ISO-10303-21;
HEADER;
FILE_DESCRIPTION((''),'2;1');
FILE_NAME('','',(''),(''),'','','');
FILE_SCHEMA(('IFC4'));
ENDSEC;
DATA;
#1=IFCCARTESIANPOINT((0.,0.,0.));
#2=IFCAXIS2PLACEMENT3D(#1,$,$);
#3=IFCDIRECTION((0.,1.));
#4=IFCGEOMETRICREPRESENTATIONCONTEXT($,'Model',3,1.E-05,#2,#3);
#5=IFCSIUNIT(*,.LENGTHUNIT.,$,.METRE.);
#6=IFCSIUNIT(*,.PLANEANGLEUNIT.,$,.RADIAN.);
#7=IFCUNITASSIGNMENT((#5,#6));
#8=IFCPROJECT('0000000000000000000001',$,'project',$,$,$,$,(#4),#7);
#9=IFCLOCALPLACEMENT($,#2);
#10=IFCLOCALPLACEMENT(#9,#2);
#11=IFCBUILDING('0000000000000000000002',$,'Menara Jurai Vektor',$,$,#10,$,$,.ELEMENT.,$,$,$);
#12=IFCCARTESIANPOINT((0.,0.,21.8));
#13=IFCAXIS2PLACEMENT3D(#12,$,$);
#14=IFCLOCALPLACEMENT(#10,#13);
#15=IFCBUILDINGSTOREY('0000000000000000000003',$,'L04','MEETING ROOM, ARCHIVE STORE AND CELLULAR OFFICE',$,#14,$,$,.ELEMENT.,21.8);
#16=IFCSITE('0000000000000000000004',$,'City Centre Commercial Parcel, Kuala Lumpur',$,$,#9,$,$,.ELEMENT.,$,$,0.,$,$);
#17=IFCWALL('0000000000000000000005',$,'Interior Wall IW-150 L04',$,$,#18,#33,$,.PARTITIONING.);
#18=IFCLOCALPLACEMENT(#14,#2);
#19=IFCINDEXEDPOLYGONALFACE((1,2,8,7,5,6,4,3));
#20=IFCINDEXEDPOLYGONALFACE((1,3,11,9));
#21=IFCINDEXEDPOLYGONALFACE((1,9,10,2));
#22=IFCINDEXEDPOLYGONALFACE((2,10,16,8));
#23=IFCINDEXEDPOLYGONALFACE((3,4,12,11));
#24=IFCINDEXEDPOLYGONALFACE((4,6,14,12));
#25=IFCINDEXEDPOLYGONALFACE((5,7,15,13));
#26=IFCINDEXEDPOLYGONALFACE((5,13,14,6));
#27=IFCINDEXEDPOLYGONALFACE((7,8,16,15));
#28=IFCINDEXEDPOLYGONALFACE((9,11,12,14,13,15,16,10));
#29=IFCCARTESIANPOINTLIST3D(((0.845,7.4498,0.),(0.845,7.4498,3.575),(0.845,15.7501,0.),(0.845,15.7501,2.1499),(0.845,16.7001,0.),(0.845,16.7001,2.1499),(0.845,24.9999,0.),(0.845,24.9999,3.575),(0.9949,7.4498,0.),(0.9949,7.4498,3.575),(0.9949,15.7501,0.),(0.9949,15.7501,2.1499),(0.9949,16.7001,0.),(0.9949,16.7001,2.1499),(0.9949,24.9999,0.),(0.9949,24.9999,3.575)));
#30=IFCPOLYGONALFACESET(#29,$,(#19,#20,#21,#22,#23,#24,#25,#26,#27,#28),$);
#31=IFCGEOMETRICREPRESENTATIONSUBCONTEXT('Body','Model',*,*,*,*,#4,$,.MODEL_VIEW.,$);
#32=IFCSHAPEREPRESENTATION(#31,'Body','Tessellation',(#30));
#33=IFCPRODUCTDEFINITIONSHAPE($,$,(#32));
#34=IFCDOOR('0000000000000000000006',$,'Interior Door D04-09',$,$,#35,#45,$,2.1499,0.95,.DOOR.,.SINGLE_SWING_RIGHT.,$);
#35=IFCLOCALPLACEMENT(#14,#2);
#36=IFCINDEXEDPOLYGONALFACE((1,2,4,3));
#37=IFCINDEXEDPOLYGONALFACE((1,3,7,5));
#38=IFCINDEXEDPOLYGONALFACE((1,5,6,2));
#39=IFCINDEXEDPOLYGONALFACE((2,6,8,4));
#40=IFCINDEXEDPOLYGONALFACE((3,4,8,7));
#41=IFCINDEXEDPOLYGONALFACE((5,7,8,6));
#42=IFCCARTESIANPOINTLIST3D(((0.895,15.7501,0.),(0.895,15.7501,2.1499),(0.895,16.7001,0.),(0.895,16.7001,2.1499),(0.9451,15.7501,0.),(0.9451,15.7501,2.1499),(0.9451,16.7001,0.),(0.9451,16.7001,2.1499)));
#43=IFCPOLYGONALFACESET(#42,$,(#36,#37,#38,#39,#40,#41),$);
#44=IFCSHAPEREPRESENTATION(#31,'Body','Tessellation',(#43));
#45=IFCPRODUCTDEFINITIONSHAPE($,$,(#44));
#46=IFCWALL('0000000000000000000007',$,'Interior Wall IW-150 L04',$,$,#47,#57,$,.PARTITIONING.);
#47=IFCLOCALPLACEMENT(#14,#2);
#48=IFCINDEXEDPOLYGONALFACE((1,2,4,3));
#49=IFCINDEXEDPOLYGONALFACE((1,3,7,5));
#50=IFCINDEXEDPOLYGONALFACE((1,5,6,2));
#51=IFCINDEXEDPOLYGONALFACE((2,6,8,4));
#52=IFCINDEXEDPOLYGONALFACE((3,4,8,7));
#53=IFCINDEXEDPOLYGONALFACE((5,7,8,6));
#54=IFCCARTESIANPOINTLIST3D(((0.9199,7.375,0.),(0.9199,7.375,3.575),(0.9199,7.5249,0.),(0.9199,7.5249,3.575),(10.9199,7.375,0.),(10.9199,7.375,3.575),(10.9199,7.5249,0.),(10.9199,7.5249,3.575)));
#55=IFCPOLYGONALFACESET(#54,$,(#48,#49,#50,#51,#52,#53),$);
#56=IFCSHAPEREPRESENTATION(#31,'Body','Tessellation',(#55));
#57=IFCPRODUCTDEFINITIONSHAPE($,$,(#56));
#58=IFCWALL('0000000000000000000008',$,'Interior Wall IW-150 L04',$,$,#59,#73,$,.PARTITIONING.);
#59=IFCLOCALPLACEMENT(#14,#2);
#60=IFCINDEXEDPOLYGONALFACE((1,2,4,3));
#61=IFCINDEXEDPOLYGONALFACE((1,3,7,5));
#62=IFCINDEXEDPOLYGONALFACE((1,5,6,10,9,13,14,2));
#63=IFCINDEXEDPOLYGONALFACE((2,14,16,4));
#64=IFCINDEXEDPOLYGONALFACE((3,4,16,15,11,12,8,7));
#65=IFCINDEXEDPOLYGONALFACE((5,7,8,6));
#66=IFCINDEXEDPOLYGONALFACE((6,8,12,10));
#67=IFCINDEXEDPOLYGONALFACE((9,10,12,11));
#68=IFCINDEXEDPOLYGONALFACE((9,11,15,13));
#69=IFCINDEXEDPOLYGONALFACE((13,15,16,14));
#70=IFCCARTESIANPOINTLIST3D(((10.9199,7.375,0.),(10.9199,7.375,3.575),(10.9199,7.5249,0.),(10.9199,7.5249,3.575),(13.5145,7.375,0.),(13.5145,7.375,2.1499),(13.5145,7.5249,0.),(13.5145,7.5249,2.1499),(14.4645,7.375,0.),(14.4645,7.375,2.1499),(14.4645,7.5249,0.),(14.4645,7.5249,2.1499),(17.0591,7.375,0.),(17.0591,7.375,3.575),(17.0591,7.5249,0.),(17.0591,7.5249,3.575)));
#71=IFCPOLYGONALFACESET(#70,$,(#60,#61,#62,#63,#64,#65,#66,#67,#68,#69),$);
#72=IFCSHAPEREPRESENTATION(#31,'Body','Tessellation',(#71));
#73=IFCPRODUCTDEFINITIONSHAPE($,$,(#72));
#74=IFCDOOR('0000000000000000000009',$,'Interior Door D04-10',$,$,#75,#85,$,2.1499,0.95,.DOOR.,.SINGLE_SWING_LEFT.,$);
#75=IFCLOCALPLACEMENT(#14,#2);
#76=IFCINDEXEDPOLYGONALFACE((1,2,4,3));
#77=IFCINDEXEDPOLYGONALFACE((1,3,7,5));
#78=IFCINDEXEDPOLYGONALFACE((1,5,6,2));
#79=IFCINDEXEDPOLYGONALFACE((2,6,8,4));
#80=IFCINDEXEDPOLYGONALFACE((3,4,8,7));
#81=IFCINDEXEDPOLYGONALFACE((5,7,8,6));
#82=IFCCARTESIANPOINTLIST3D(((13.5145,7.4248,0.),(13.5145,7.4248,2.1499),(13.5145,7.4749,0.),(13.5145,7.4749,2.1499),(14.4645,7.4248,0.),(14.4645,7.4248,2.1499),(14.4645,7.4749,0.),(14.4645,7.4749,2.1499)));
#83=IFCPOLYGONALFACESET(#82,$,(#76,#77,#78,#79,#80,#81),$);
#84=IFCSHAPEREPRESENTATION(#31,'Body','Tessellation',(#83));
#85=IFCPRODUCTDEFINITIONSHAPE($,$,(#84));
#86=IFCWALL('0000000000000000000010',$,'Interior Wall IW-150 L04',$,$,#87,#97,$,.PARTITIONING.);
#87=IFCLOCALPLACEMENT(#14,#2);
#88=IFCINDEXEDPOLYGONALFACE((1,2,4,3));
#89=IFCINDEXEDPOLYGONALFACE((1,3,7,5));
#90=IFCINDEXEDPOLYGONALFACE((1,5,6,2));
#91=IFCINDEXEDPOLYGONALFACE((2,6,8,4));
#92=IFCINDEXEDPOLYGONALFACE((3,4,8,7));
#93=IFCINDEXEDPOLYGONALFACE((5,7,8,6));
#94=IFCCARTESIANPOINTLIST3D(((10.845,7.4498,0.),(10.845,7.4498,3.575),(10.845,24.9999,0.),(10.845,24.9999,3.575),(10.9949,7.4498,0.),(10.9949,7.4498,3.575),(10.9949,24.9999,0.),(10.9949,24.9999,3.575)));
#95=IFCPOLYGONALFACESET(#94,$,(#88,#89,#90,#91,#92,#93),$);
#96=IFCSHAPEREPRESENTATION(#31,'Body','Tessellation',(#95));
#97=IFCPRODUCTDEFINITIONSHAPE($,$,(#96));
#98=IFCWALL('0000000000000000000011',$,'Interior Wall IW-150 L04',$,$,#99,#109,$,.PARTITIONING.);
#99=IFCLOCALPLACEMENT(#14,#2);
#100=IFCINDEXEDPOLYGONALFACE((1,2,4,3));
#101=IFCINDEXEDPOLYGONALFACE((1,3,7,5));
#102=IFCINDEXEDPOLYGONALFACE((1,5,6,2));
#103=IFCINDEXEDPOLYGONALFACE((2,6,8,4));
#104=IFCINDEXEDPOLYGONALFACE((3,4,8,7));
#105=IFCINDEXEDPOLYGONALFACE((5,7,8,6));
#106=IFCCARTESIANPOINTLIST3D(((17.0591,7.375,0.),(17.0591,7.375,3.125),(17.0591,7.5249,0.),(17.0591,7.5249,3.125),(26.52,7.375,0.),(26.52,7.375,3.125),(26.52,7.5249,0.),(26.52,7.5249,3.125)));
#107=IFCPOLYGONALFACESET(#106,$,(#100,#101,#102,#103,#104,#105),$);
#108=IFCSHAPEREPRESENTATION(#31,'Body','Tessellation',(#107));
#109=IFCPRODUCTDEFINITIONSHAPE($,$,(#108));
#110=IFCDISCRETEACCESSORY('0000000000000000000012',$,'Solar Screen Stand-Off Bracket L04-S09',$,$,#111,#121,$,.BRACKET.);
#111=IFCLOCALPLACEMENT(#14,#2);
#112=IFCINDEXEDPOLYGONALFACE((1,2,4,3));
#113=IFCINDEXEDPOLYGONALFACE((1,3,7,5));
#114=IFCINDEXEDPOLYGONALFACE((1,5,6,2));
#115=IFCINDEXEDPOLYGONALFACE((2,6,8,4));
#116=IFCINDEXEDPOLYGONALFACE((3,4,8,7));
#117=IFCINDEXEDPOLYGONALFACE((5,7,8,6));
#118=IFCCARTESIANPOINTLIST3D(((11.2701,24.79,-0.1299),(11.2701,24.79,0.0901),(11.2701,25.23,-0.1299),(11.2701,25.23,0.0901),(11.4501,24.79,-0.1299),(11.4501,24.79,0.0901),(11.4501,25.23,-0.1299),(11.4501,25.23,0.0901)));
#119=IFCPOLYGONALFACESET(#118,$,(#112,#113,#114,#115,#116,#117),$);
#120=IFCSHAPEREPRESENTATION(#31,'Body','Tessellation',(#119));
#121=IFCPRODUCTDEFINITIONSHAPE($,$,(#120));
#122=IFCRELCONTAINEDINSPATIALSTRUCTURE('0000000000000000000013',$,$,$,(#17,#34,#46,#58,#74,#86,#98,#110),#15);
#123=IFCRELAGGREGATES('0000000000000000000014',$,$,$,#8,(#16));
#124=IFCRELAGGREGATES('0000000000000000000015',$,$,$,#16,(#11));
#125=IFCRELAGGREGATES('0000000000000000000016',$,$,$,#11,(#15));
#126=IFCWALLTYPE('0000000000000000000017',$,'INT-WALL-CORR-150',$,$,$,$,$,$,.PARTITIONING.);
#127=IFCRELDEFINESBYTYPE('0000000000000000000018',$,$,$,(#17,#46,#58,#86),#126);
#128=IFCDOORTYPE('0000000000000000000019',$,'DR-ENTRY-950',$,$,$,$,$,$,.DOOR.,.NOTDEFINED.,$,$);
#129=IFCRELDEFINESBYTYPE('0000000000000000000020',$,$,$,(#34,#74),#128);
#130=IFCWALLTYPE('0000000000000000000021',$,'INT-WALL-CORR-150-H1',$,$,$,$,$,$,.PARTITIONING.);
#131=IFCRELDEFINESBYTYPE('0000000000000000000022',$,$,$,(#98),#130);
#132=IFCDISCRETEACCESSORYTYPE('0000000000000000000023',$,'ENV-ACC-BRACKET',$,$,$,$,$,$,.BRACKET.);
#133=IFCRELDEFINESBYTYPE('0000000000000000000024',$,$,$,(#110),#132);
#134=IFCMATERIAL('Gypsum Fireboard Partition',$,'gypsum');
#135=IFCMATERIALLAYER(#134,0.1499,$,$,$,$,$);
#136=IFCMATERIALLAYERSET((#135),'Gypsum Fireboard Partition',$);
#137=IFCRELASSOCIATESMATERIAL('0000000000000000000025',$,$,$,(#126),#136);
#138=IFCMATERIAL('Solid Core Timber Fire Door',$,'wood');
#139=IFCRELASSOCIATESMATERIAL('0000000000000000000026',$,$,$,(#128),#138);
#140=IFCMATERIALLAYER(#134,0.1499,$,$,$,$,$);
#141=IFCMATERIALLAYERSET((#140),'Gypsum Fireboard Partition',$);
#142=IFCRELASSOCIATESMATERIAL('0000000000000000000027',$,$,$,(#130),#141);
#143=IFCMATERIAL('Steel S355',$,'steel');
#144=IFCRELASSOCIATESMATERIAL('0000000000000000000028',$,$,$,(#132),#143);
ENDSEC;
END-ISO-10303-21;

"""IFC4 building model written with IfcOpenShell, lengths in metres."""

from ifc_helpers import new_model, si_unit, direction, frame, frame_2d, origin, origin_2d, place, context, subcontext, project, spatial, rectangle, extrude, material, layer, layer_set, type_object, element, fill, save


model = new_model("IFC4")

# Units and contexts
model_context = context("Model", 3, precision=1e-05, world=origin(), true_north=direction((0.0, 1.0)))
body_context = subcontext(model_context, "Body", "Model", "MODEL_VIEW")
ifc_project = project(units=[si_unit("LENGTHUNIT", "METRE"), si_unit("PLANEANGLEUNIT", "RADIAN")], contexts=[model_context])

# Site, building, storey
site_placement = place(None, origin())
site = spatial("IfcSite", under=ifc_project, at=site_placement, Name="City Centre Commercial Parcel, Kuala Lumpur", CompositionType="ELEMENT", RefElevation=0.0)
building_placement = place(site_placement, origin())
building = spatial("IfcBuilding", under=site, at=building_placement, Name="Menara Jurai Vektor", CompositionType="ELEMENT")
storey_placement = place(building_placement, frame((0.0, 0.0, 21.8)))
storey = spatial("IfcBuildingStorey", under=building, at=storey_placement, Name="L04", Description="MEETING ROOM, ARCHIVE STORE AND CELLULAR OFFICE", CompositionType="ELEMENT", Elevation=21.8)

# Shared definitions
ifc_material_1 = material(Name="Steel S355", Category="steel")

# Wall, opening, door
ifc_material_2 = material(Name="Gypsum Fireboard Partition", Category="gypsum")
ifc_layer_1 = layer(ifc_material_2, 0.1499)
ifc_layer_set_1 = layer_set([ifc_layer_1], Name="Gypsum Fireboard Partition")
wall_type_1 = type_object("IfcWallType", Name="INT-WALL-CORR-150", PredefinedType="PARTITIONING", material=ifc_layer_set_1)
wall_1_placement = place(storey_placement, frame((0.9199, 7.45, 0.0), z_axis=(0.0, 0.0, 1.0), x_axis=(0.0, 1.0, 0.0)))
wall_1 = element("IfcWall", 1, at=wall_1_placement, inside=storey, type_object=wall_type_1, Name="Interior Wall IW-150 L04", PredefinedType="PARTITIONING", context=body_context, shape_type="SweptSolid", body=[
    extrude(rectangle(XDim=17.55, YDim=0.1499, at=frame_2d((8.7749, 0.0))), origin(), (0.0, 0.0, 1.0), 3.575),
])
opening_1_placement = place(wall_1_placement, frame((8.3, 0.0, 0.0)))
opening_1 = element("IfcOpeningElement", 2, at=opening_1_placement, cuts=wall_1, PredefinedType="OPENING", context=body_context, shape_type="SweptSolid", body=[
    extrude(rectangle(XDim=0.95, YDim=2.1499, at=frame_2d((0.4751, 1.075))), frame((0.0, 0.085, 0.0), z_axis=(0.0, -1.0, 0.0), x_axis=(1.0, 0.0, 0.0)), (0.0, 0.0, 1.0), 0.1699),
])
ifc_material_3 = material(Name="Solid Core Timber Fire Door", Category="wood")
door_type = type_object("IfcDoorType", Name="DR-ENTRY-950", OperationType="NOTDEFINED", PredefinedType="DOOR", material=ifc_material_3)
door_1_placement = place(opening_1_placement, origin())
door_1 = element("IfcDoor", 3, at=door_1_placement, inside=storey, type_object=door_type, Name="Interior Door D04-09", OperationType="SINGLE_SWING_RIGHT", OverallHeight=2.1499, OverallWidth=0.95, PredefinedType="DOOR", context=body_context, shape_type="SweptSolid", body=[
    extrude(rectangle(XDim=0.95, YDim=2.1499, at=frame_2d((0.4751, 1.075))), frame((0.0, 0.0249, 0.0), z_axis=(0.0, -1.0, 0.0), x_axis=(1.0, 0.0, 0.0)), (0.0, 0.0, 1.0), 0.05),
])
fill(opening_1, door_1)

# Wall
wall_2_placement = place(storey_placement, frame((0.9199, 7.45, 0.0), z_axis=(0.0, 0.0, 1.0), x_axis=(1.0, 0.0, 0.0)))
element("IfcWall", 4, at=wall_2_placement, inside=storey, type_object=wall_type_1, Name="Interior Wall IW-150 L04", PredefinedType="PARTITIONING", context=body_context, shape_type="SweptSolid", body=[
    extrude(rectangle(XDim=10.0, YDim=0.1499, at=frame_2d((5.0, 0.0))), origin(), (0.0, 0.0, 1.0), 3.575),
])

# Wall, opening, door
wall_3_placement = place(storey_placement, frame((10.9199, 7.45, 0.0), z_axis=(0.0, 0.0, 1.0), x_axis=(1.0, 0.0, 0.0)))
wall_3 = element("IfcWall", 5, at=wall_3_placement, inside=storey, type_object=wall_type_1, Name="Interior Wall IW-150 L04", PredefinedType="PARTITIONING", context=body_context, shape_type="SweptSolid", body=[
    extrude(rectangle(XDim=6.1392, YDim=0.1499, at=frame_2d((3.0696, 0.0))), origin(), (0.0, 0.0, 1.0), 3.575),
])
opening_2_placement = place(wall_3_placement, frame((2.5945, 0.0, 0.0)))
opening_2 = element("IfcOpeningElement", 6, at=opening_2_placement, cuts=wall_3, PredefinedType="OPENING", context=body_context, shape_type="SweptSolid", body=[
    extrude(rectangle(XDim=0.95, YDim=2.1499, at=frame_2d((0.4751, 1.075))), frame((0.0, 0.085, 0.0), z_axis=(0.0, -1.0, 0.0), x_axis=(1.0, 0.0, 0.0)), (0.0, 0.0, 1.0), 0.1699),
])
door_2_placement = place(opening_2_placement, origin())
door_2 = element("IfcDoor", 7, at=door_2_placement, inside=storey, type_object=door_type, Name="Interior Door D04-10", OperationType="SINGLE_SWING_LEFT", OverallHeight=2.1499, OverallWidth=0.95, PredefinedType="DOOR", context=body_context, shape_type="SweptSolid", body=[
    extrude(rectangle(XDim=0.95, YDim=2.1499, at=frame_2d((0.4751, 1.075))), frame((0.0, 0.0249, 0.0), z_axis=(0.0, -1.0, 0.0), x_axis=(1.0, 0.0, 0.0)), (0.0, 0.0, 1.0), 0.05),
])
fill(opening_2, door_2)

# Walls
wall_4_placement = place(storey_placement, frame((10.9199, 7.45, 0.0), z_axis=(0.0, 0.0, 1.0), x_axis=(0.0, 1.0, 0.0)))
element("IfcWall", 8, at=wall_4_placement, inside=storey, type_object=wall_type_1, Name="Interior Wall IW-150 L04", PredefinedType="PARTITIONING", context=body_context, shape_type="SweptSolid", body=[
    extrude(rectangle(XDim=17.55, YDim=0.1499, at=frame_2d((8.7749, 0.0))), origin(), (0.0, 0.0, 1.0), 3.575),
])
ifc_layer_2 = layer(ifc_material_2, 0.1499)
ifc_layer_set_2 = layer_set([ifc_layer_2], Name="Gypsum Fireboard Partition")
wall_type_2 = type_object("IfcWallType", Name="INT-WALL-CORR-150-H1", PredefinedType="PARTITIONING", material=ifc_layer_set_2)
wall_5_placement = place(storey_placement, frame((17.0591, 7.45, 0.0), z_axis=(0.0, 0.0, 1.0), x_axis=(1.0, 0.0, 0.0)))
element("IfcWall", 9, at=wall_5_placement, inside=storey, type_object=wall_type_2, Name="Interior Wall IW-150 L04", PredefinedType="PARTITIONING", context=body_context, shape_type="SweptSolid", body=[
    extrude(rectangle(XDim=9.4609, YDim=0.1499, at=frame_2d((4.7305, 0.0))), origin(), (0.0, 0.0, 1.0), 3.125),
])

# Discrete accessory
discrete_accessory_type = type_object("IfcDiscreteAccessoryType", Name="ENV-ACC-BRACKET", PredefinedType="BRACKET", material=ifc_material_1)
discrete_accessory_placement = place(storey_placement, frame((11.3601, 25.01, -0.1299), z_axis=(0.0, 0.0, 1.0), x_axis=(-1.0, 0.0, 0.0)))
element("IfcDiscreteAccessory", 10, at=discrete_accessory_placement, inside=storey, type_object=discrete_accessory_type, Name="Solar Screen Stand-Off Bracket L04-S09", PredefinedType="BRACKET", context=body_context, shape_type="SweptSolid", body=[
    extrude(rectangle(XDim=0.1799, YDim=0.4399, at=origin_2d()), origin(), (0.0, 0.0, 1.0), 0.22),
])

save(model, "model.ifc")
